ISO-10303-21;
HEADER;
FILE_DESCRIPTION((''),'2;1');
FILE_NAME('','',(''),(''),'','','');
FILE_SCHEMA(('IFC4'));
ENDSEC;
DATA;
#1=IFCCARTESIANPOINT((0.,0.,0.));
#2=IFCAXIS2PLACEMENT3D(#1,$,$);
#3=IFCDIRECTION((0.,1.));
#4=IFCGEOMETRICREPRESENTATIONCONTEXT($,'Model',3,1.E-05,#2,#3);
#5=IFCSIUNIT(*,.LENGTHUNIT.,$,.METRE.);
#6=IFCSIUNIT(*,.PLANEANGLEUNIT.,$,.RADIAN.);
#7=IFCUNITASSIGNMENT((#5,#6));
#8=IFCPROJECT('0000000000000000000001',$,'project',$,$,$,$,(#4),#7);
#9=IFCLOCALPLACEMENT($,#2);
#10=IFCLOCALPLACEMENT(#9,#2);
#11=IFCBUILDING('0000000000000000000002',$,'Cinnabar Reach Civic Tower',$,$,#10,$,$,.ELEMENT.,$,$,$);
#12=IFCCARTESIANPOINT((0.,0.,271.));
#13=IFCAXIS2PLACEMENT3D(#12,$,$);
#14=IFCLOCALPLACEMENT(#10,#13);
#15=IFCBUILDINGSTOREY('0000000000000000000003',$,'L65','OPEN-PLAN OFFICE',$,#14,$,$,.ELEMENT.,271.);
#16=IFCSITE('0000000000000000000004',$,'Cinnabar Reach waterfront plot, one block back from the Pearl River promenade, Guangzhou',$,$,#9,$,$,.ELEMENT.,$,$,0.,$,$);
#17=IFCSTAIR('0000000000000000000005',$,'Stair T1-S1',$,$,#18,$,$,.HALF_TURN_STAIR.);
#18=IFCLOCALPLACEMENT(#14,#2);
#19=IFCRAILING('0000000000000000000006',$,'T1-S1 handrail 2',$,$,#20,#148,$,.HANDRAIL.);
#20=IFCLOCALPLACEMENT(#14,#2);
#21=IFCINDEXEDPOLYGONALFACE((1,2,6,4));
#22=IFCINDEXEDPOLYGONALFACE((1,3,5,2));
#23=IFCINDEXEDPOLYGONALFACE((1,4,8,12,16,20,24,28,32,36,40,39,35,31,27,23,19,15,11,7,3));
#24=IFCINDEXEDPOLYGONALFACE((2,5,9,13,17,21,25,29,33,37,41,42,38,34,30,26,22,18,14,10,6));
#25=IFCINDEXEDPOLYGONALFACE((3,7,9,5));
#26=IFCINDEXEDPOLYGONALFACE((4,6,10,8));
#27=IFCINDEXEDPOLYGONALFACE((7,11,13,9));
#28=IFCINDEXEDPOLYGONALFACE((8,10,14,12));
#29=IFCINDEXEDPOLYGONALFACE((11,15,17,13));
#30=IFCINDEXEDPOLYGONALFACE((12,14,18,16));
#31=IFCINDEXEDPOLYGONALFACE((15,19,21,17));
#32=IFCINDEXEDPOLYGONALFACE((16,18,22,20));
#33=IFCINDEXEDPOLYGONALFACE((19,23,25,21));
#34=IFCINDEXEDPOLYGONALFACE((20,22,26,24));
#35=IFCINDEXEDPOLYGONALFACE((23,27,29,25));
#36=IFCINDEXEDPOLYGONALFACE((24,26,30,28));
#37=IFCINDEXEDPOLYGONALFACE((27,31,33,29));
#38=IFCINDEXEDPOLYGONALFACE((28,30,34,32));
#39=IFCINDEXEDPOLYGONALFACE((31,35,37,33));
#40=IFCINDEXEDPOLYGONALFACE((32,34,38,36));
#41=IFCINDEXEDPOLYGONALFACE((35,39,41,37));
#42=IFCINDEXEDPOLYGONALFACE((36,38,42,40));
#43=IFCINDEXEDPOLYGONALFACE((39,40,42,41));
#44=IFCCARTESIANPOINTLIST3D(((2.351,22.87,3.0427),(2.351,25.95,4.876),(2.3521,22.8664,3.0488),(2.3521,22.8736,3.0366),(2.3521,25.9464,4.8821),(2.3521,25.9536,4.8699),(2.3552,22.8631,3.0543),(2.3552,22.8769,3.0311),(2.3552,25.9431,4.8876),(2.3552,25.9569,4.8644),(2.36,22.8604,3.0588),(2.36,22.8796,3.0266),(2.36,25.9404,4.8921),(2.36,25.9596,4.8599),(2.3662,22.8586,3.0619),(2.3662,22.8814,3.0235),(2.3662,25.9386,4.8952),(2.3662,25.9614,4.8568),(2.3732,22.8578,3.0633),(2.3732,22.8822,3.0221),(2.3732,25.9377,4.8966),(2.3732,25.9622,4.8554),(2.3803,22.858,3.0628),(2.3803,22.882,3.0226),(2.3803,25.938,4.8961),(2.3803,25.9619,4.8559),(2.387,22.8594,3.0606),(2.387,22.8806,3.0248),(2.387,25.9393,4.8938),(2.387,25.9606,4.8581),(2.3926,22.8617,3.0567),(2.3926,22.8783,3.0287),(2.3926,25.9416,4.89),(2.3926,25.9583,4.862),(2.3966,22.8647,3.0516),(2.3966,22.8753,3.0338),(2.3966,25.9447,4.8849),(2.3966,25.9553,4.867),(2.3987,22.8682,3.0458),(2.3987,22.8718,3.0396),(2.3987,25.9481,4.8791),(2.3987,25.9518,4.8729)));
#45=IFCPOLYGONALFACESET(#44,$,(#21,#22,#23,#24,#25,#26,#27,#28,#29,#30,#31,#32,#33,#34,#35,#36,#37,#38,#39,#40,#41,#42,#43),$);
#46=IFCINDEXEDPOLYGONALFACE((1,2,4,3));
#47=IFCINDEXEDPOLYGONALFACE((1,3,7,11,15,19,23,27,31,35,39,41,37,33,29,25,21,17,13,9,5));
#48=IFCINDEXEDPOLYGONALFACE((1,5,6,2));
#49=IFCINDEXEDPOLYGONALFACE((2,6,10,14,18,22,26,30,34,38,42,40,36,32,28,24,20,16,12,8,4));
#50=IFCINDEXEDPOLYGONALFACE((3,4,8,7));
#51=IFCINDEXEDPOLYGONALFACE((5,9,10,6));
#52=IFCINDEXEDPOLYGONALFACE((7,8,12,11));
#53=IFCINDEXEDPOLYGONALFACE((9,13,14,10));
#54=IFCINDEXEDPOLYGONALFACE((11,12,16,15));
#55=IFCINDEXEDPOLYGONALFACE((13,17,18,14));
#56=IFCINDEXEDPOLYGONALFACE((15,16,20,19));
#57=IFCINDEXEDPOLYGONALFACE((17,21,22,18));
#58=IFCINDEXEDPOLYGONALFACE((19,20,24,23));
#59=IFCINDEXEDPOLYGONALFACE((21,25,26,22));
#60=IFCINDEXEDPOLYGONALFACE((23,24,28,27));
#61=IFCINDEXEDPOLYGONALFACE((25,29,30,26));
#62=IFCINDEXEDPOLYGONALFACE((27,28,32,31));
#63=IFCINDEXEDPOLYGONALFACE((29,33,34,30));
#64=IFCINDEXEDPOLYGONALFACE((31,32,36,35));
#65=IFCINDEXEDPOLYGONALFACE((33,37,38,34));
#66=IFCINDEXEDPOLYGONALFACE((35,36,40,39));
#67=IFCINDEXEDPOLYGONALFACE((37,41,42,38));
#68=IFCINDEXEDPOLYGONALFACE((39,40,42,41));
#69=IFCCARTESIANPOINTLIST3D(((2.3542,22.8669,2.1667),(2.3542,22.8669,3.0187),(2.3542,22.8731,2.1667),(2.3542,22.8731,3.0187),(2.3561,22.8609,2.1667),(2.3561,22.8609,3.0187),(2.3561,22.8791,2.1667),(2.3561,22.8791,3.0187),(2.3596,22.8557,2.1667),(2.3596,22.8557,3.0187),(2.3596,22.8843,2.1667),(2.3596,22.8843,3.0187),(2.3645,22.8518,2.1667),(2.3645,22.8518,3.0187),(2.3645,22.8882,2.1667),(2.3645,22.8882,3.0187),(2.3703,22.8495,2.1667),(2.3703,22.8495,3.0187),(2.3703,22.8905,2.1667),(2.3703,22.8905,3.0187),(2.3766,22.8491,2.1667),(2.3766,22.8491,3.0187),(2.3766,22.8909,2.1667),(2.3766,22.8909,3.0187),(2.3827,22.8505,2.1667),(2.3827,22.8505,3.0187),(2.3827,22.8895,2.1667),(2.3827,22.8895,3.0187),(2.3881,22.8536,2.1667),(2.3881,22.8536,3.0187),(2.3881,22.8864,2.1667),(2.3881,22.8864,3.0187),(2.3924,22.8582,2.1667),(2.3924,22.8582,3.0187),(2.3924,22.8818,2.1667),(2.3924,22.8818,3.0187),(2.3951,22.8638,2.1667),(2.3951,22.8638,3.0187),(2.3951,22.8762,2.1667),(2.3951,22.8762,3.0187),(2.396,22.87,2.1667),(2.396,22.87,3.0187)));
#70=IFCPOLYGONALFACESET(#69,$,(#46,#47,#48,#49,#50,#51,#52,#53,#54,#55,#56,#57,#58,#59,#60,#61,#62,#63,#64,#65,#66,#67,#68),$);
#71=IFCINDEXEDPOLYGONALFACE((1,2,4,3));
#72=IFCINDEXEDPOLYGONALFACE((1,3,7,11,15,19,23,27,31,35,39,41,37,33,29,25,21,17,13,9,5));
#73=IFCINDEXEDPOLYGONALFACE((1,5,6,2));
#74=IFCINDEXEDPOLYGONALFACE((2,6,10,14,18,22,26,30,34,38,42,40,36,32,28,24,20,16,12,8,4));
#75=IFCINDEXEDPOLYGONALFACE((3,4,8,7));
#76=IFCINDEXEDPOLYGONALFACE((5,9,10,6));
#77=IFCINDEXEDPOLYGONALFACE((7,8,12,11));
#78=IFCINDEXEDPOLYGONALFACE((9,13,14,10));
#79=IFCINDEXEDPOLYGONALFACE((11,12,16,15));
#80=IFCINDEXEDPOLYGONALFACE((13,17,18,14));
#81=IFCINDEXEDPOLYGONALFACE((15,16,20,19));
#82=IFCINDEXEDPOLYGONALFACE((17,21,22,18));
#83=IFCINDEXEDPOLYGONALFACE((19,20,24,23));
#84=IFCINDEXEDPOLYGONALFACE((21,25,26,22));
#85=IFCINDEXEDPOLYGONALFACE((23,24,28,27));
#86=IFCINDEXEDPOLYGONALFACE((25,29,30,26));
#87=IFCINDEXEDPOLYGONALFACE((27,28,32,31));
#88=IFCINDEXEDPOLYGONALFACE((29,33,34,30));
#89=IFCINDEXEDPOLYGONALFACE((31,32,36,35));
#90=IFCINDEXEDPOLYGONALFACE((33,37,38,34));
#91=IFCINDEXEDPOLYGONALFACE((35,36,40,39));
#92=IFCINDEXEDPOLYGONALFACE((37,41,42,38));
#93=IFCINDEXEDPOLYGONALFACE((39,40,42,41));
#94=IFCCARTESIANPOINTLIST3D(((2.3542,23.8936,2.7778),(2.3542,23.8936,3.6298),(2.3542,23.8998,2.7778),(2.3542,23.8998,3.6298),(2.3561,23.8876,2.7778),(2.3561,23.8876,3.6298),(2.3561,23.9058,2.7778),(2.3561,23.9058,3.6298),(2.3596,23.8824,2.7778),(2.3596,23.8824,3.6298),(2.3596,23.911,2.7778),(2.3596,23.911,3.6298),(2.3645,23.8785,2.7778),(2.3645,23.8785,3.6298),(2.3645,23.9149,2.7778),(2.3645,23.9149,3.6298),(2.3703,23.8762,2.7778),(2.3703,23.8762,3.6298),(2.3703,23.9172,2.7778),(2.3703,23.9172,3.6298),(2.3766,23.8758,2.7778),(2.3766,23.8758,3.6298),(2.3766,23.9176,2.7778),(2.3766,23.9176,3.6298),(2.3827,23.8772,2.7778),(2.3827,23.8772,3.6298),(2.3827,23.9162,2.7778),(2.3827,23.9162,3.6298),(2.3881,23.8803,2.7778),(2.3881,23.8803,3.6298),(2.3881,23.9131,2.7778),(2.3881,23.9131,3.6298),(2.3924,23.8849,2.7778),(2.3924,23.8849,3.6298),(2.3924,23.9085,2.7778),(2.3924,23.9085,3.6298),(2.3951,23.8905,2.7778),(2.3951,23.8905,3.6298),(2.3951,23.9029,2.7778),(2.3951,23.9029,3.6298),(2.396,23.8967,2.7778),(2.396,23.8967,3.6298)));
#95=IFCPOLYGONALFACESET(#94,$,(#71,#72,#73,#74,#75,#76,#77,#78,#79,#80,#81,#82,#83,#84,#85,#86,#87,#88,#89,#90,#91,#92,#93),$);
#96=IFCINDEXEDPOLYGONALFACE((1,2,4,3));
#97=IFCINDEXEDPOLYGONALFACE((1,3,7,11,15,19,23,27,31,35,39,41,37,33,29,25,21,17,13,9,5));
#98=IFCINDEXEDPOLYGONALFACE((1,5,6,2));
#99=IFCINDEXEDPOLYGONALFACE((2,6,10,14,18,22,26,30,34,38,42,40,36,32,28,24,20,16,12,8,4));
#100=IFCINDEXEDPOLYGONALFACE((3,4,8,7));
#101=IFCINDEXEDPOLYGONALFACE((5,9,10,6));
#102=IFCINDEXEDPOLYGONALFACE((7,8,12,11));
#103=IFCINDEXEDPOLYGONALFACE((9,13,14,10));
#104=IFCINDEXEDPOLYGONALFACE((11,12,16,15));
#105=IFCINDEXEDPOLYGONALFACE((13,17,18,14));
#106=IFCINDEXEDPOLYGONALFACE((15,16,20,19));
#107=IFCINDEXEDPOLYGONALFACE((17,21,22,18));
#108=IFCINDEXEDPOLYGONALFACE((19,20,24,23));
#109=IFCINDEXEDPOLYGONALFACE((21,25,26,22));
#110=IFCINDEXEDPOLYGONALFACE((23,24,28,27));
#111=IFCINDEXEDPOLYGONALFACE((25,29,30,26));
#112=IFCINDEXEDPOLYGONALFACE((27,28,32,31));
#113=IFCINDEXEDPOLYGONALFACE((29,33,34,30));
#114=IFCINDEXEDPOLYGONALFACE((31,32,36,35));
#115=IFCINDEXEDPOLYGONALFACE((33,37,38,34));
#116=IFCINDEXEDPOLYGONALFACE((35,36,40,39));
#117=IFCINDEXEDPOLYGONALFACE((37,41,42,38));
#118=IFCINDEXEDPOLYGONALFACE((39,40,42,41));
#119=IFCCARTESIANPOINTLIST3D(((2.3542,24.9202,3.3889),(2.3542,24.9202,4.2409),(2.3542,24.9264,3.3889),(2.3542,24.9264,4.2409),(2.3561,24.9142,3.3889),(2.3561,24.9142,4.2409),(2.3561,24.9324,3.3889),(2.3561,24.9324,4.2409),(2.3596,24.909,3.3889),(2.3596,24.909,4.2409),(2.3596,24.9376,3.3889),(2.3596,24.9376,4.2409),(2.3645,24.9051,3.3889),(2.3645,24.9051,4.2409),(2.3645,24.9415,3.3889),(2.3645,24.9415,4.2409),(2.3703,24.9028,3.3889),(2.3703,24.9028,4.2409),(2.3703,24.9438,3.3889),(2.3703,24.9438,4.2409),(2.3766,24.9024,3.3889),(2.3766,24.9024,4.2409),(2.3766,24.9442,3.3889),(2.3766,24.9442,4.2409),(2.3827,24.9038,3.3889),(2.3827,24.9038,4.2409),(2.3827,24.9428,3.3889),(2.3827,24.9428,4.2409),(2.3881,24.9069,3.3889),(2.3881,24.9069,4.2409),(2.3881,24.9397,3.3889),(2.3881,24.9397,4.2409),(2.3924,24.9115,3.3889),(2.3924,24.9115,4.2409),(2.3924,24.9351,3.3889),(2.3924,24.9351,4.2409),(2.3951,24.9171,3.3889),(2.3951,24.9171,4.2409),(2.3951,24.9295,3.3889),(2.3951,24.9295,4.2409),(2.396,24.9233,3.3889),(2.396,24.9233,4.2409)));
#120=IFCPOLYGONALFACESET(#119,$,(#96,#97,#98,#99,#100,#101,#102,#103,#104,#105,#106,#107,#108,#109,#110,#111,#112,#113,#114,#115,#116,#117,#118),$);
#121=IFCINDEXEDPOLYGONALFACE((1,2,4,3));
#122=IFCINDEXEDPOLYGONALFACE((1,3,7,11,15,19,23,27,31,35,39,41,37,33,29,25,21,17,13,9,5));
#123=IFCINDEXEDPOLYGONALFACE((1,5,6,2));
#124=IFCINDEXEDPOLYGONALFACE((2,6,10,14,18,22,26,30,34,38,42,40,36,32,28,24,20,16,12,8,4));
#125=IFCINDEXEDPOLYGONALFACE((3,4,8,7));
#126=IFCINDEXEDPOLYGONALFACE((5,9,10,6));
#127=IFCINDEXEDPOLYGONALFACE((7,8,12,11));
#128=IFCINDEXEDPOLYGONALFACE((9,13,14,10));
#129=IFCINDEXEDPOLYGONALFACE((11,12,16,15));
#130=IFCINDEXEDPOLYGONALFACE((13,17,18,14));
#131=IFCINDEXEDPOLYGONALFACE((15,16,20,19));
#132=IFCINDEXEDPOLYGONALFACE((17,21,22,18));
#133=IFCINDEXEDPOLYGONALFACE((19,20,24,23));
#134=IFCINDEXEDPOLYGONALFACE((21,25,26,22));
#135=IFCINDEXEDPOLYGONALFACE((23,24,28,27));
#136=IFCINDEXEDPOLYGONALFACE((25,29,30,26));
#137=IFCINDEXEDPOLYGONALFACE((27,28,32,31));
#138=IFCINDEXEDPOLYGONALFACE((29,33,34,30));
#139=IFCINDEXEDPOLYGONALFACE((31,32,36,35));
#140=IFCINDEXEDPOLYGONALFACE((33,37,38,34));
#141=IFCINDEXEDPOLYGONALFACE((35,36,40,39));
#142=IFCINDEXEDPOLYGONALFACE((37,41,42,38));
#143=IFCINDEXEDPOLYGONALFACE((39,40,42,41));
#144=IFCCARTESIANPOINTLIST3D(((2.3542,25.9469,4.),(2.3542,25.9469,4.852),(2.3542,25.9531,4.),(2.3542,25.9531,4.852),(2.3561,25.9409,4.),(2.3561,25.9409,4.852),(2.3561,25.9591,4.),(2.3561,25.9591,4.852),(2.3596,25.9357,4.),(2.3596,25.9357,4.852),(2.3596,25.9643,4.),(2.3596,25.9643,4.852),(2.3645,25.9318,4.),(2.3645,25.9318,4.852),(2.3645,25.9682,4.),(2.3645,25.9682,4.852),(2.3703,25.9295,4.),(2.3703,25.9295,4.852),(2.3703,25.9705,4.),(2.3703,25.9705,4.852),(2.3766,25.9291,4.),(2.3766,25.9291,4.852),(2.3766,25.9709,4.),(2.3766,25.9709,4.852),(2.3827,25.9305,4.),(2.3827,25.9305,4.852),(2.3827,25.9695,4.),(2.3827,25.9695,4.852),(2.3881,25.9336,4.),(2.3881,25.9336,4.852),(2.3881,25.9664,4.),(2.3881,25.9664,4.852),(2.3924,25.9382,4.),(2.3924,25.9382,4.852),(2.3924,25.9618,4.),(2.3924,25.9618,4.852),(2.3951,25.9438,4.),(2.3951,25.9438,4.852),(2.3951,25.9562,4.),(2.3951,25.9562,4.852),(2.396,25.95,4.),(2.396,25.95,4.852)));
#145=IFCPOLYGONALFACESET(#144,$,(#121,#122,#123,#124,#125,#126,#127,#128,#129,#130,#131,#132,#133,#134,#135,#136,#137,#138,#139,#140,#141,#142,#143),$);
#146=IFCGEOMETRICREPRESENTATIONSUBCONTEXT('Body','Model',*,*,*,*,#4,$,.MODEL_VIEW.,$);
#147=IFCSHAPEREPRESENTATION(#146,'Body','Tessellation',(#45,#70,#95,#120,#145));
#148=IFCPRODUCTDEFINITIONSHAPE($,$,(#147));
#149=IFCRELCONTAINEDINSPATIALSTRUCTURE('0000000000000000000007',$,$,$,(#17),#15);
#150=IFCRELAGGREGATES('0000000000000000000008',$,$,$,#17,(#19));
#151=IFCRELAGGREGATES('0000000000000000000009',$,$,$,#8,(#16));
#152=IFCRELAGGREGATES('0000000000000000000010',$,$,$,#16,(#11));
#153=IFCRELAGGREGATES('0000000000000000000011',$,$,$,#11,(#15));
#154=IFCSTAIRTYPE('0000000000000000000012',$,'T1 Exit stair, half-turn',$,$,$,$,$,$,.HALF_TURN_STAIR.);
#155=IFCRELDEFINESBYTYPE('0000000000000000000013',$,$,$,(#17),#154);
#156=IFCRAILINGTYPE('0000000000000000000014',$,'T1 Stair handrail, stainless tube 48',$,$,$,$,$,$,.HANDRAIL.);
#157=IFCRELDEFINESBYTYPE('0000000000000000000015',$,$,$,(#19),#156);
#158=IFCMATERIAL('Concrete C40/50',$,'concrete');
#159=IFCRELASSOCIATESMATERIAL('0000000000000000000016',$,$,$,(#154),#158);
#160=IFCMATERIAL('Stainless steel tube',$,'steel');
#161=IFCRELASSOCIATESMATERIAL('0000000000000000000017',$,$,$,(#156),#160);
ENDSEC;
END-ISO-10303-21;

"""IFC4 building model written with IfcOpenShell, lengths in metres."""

from ifc_helpers import new_model, si_unit, direction, frame, origin, origin_2d, place, context, subcontext, project, spatial, circle, extrude, material, type_object, element, aggregate, save


model = new_model("IFC4")

# Units and contexts
model_context = context("Model", 3, precision=1e-05, world=origin(), true_north=direction((0.0, 1.0)))
body_context = subcontext(model_context, "Body", "Model", "MODEL_VIEW")
ifc_project = project(units=[si_unit("LENGTHUNIT", "METRE"), si_unit("PLANEANGLEUNIT", "RADIAN")], contexts=[model_context])

# Site, building, storey
site_placement = place(None, origin())
site = spatial("IfcSite", under=ifc_project, at=site_placement, Name="Cinnabar Reach waterfront plot, one block back from the Pearl River promenade, Guangzhou", CompositionType="ELEMENT", RefElevation=0.0)
building_placement = place(site_placement, origin())
building = spatial("IfcBuilding", under=site, at=building_placement, Name="Cinnabar Reach Civic Tower", CompositionType="ELEMENT")
storey_placement = place(building_placement, frame((0.0, 0.0, 271.0)))
storey = spatial("IfcBuildingStorey", under=building, at=storey_placement, Name="L65", Description="OPEN-PLAN OFFICE", CompositionType="ELEMENT", Elevation=271.0)

# Shared definitions
ifc_material_1 = material(Name="Concrete C40/50", Category="concrete")

# Stair, railing
stair_type = type_object("IfcStairType", Name="T1 Exit stair, half-turn", PredefinedType="HALF_TURN_STAIR", material=ifc_material_1)
stair_placement = place(storey_placement, origin())
stair = element("IfcStair", 1, at=stair_placement, inside=storey, type_object=stair_type, Name="Stair T1-S1", PredefinedType="HALF_TURN_STAIR")
ifc_material_2 = material(Name="Stainless steel tube", Category="steel")
railing_type = type_object("IfcRailingType", Name="T1 Stair handrail, stainless tube 48", PredefinedType="HANDRAIL", material=ifc_material_2)
railing_1_placement = place(storey_placement, frame((2.375, 22.87, 2.1667)))
railing_1 = element("IfcRailing", 2, at=railing_1_placement, type_object=railing_type, Name="T1-S1 handrail 2", PredefinedType="HANDRAIL", context=body_context, shape_type="SweptSolid", body=[
    extrude(circle(Radius=0.024, at=origin_2d()), frame((0.0, 0.0, 0.876), z_axis=(0.0, 0.859297, 0.511477), x_axis=(-1.0, 0.0, 0.0)), (0.0, 0.0, 1.0), 3.5843),
    extrude(circle(Radius=0.021, at=origin_2d()), origin(), (0.0, 0.0, 1.0), 0.852),
    extrude(circle(Radius=0.021, at=origin_2d()), frame((0.0, 1.0267, 0.6111)), (0.0, 0.0, 1.0), 0.852),
    extrude(circle(Radius=0.021, at=origin_2d()), frame((0.0, 2.0533, 1.2222)), (0.0, 0.0, 1.0), 0.852),
    extrude(circle(Radius=0.021, at=origin_2d()), frame((0.0, 3.08, 1.8333)), (0.0, 0.0, 1.0), 0.852),
])
aggregate(stair, [railing_1])

save(model, "model.ifc")
